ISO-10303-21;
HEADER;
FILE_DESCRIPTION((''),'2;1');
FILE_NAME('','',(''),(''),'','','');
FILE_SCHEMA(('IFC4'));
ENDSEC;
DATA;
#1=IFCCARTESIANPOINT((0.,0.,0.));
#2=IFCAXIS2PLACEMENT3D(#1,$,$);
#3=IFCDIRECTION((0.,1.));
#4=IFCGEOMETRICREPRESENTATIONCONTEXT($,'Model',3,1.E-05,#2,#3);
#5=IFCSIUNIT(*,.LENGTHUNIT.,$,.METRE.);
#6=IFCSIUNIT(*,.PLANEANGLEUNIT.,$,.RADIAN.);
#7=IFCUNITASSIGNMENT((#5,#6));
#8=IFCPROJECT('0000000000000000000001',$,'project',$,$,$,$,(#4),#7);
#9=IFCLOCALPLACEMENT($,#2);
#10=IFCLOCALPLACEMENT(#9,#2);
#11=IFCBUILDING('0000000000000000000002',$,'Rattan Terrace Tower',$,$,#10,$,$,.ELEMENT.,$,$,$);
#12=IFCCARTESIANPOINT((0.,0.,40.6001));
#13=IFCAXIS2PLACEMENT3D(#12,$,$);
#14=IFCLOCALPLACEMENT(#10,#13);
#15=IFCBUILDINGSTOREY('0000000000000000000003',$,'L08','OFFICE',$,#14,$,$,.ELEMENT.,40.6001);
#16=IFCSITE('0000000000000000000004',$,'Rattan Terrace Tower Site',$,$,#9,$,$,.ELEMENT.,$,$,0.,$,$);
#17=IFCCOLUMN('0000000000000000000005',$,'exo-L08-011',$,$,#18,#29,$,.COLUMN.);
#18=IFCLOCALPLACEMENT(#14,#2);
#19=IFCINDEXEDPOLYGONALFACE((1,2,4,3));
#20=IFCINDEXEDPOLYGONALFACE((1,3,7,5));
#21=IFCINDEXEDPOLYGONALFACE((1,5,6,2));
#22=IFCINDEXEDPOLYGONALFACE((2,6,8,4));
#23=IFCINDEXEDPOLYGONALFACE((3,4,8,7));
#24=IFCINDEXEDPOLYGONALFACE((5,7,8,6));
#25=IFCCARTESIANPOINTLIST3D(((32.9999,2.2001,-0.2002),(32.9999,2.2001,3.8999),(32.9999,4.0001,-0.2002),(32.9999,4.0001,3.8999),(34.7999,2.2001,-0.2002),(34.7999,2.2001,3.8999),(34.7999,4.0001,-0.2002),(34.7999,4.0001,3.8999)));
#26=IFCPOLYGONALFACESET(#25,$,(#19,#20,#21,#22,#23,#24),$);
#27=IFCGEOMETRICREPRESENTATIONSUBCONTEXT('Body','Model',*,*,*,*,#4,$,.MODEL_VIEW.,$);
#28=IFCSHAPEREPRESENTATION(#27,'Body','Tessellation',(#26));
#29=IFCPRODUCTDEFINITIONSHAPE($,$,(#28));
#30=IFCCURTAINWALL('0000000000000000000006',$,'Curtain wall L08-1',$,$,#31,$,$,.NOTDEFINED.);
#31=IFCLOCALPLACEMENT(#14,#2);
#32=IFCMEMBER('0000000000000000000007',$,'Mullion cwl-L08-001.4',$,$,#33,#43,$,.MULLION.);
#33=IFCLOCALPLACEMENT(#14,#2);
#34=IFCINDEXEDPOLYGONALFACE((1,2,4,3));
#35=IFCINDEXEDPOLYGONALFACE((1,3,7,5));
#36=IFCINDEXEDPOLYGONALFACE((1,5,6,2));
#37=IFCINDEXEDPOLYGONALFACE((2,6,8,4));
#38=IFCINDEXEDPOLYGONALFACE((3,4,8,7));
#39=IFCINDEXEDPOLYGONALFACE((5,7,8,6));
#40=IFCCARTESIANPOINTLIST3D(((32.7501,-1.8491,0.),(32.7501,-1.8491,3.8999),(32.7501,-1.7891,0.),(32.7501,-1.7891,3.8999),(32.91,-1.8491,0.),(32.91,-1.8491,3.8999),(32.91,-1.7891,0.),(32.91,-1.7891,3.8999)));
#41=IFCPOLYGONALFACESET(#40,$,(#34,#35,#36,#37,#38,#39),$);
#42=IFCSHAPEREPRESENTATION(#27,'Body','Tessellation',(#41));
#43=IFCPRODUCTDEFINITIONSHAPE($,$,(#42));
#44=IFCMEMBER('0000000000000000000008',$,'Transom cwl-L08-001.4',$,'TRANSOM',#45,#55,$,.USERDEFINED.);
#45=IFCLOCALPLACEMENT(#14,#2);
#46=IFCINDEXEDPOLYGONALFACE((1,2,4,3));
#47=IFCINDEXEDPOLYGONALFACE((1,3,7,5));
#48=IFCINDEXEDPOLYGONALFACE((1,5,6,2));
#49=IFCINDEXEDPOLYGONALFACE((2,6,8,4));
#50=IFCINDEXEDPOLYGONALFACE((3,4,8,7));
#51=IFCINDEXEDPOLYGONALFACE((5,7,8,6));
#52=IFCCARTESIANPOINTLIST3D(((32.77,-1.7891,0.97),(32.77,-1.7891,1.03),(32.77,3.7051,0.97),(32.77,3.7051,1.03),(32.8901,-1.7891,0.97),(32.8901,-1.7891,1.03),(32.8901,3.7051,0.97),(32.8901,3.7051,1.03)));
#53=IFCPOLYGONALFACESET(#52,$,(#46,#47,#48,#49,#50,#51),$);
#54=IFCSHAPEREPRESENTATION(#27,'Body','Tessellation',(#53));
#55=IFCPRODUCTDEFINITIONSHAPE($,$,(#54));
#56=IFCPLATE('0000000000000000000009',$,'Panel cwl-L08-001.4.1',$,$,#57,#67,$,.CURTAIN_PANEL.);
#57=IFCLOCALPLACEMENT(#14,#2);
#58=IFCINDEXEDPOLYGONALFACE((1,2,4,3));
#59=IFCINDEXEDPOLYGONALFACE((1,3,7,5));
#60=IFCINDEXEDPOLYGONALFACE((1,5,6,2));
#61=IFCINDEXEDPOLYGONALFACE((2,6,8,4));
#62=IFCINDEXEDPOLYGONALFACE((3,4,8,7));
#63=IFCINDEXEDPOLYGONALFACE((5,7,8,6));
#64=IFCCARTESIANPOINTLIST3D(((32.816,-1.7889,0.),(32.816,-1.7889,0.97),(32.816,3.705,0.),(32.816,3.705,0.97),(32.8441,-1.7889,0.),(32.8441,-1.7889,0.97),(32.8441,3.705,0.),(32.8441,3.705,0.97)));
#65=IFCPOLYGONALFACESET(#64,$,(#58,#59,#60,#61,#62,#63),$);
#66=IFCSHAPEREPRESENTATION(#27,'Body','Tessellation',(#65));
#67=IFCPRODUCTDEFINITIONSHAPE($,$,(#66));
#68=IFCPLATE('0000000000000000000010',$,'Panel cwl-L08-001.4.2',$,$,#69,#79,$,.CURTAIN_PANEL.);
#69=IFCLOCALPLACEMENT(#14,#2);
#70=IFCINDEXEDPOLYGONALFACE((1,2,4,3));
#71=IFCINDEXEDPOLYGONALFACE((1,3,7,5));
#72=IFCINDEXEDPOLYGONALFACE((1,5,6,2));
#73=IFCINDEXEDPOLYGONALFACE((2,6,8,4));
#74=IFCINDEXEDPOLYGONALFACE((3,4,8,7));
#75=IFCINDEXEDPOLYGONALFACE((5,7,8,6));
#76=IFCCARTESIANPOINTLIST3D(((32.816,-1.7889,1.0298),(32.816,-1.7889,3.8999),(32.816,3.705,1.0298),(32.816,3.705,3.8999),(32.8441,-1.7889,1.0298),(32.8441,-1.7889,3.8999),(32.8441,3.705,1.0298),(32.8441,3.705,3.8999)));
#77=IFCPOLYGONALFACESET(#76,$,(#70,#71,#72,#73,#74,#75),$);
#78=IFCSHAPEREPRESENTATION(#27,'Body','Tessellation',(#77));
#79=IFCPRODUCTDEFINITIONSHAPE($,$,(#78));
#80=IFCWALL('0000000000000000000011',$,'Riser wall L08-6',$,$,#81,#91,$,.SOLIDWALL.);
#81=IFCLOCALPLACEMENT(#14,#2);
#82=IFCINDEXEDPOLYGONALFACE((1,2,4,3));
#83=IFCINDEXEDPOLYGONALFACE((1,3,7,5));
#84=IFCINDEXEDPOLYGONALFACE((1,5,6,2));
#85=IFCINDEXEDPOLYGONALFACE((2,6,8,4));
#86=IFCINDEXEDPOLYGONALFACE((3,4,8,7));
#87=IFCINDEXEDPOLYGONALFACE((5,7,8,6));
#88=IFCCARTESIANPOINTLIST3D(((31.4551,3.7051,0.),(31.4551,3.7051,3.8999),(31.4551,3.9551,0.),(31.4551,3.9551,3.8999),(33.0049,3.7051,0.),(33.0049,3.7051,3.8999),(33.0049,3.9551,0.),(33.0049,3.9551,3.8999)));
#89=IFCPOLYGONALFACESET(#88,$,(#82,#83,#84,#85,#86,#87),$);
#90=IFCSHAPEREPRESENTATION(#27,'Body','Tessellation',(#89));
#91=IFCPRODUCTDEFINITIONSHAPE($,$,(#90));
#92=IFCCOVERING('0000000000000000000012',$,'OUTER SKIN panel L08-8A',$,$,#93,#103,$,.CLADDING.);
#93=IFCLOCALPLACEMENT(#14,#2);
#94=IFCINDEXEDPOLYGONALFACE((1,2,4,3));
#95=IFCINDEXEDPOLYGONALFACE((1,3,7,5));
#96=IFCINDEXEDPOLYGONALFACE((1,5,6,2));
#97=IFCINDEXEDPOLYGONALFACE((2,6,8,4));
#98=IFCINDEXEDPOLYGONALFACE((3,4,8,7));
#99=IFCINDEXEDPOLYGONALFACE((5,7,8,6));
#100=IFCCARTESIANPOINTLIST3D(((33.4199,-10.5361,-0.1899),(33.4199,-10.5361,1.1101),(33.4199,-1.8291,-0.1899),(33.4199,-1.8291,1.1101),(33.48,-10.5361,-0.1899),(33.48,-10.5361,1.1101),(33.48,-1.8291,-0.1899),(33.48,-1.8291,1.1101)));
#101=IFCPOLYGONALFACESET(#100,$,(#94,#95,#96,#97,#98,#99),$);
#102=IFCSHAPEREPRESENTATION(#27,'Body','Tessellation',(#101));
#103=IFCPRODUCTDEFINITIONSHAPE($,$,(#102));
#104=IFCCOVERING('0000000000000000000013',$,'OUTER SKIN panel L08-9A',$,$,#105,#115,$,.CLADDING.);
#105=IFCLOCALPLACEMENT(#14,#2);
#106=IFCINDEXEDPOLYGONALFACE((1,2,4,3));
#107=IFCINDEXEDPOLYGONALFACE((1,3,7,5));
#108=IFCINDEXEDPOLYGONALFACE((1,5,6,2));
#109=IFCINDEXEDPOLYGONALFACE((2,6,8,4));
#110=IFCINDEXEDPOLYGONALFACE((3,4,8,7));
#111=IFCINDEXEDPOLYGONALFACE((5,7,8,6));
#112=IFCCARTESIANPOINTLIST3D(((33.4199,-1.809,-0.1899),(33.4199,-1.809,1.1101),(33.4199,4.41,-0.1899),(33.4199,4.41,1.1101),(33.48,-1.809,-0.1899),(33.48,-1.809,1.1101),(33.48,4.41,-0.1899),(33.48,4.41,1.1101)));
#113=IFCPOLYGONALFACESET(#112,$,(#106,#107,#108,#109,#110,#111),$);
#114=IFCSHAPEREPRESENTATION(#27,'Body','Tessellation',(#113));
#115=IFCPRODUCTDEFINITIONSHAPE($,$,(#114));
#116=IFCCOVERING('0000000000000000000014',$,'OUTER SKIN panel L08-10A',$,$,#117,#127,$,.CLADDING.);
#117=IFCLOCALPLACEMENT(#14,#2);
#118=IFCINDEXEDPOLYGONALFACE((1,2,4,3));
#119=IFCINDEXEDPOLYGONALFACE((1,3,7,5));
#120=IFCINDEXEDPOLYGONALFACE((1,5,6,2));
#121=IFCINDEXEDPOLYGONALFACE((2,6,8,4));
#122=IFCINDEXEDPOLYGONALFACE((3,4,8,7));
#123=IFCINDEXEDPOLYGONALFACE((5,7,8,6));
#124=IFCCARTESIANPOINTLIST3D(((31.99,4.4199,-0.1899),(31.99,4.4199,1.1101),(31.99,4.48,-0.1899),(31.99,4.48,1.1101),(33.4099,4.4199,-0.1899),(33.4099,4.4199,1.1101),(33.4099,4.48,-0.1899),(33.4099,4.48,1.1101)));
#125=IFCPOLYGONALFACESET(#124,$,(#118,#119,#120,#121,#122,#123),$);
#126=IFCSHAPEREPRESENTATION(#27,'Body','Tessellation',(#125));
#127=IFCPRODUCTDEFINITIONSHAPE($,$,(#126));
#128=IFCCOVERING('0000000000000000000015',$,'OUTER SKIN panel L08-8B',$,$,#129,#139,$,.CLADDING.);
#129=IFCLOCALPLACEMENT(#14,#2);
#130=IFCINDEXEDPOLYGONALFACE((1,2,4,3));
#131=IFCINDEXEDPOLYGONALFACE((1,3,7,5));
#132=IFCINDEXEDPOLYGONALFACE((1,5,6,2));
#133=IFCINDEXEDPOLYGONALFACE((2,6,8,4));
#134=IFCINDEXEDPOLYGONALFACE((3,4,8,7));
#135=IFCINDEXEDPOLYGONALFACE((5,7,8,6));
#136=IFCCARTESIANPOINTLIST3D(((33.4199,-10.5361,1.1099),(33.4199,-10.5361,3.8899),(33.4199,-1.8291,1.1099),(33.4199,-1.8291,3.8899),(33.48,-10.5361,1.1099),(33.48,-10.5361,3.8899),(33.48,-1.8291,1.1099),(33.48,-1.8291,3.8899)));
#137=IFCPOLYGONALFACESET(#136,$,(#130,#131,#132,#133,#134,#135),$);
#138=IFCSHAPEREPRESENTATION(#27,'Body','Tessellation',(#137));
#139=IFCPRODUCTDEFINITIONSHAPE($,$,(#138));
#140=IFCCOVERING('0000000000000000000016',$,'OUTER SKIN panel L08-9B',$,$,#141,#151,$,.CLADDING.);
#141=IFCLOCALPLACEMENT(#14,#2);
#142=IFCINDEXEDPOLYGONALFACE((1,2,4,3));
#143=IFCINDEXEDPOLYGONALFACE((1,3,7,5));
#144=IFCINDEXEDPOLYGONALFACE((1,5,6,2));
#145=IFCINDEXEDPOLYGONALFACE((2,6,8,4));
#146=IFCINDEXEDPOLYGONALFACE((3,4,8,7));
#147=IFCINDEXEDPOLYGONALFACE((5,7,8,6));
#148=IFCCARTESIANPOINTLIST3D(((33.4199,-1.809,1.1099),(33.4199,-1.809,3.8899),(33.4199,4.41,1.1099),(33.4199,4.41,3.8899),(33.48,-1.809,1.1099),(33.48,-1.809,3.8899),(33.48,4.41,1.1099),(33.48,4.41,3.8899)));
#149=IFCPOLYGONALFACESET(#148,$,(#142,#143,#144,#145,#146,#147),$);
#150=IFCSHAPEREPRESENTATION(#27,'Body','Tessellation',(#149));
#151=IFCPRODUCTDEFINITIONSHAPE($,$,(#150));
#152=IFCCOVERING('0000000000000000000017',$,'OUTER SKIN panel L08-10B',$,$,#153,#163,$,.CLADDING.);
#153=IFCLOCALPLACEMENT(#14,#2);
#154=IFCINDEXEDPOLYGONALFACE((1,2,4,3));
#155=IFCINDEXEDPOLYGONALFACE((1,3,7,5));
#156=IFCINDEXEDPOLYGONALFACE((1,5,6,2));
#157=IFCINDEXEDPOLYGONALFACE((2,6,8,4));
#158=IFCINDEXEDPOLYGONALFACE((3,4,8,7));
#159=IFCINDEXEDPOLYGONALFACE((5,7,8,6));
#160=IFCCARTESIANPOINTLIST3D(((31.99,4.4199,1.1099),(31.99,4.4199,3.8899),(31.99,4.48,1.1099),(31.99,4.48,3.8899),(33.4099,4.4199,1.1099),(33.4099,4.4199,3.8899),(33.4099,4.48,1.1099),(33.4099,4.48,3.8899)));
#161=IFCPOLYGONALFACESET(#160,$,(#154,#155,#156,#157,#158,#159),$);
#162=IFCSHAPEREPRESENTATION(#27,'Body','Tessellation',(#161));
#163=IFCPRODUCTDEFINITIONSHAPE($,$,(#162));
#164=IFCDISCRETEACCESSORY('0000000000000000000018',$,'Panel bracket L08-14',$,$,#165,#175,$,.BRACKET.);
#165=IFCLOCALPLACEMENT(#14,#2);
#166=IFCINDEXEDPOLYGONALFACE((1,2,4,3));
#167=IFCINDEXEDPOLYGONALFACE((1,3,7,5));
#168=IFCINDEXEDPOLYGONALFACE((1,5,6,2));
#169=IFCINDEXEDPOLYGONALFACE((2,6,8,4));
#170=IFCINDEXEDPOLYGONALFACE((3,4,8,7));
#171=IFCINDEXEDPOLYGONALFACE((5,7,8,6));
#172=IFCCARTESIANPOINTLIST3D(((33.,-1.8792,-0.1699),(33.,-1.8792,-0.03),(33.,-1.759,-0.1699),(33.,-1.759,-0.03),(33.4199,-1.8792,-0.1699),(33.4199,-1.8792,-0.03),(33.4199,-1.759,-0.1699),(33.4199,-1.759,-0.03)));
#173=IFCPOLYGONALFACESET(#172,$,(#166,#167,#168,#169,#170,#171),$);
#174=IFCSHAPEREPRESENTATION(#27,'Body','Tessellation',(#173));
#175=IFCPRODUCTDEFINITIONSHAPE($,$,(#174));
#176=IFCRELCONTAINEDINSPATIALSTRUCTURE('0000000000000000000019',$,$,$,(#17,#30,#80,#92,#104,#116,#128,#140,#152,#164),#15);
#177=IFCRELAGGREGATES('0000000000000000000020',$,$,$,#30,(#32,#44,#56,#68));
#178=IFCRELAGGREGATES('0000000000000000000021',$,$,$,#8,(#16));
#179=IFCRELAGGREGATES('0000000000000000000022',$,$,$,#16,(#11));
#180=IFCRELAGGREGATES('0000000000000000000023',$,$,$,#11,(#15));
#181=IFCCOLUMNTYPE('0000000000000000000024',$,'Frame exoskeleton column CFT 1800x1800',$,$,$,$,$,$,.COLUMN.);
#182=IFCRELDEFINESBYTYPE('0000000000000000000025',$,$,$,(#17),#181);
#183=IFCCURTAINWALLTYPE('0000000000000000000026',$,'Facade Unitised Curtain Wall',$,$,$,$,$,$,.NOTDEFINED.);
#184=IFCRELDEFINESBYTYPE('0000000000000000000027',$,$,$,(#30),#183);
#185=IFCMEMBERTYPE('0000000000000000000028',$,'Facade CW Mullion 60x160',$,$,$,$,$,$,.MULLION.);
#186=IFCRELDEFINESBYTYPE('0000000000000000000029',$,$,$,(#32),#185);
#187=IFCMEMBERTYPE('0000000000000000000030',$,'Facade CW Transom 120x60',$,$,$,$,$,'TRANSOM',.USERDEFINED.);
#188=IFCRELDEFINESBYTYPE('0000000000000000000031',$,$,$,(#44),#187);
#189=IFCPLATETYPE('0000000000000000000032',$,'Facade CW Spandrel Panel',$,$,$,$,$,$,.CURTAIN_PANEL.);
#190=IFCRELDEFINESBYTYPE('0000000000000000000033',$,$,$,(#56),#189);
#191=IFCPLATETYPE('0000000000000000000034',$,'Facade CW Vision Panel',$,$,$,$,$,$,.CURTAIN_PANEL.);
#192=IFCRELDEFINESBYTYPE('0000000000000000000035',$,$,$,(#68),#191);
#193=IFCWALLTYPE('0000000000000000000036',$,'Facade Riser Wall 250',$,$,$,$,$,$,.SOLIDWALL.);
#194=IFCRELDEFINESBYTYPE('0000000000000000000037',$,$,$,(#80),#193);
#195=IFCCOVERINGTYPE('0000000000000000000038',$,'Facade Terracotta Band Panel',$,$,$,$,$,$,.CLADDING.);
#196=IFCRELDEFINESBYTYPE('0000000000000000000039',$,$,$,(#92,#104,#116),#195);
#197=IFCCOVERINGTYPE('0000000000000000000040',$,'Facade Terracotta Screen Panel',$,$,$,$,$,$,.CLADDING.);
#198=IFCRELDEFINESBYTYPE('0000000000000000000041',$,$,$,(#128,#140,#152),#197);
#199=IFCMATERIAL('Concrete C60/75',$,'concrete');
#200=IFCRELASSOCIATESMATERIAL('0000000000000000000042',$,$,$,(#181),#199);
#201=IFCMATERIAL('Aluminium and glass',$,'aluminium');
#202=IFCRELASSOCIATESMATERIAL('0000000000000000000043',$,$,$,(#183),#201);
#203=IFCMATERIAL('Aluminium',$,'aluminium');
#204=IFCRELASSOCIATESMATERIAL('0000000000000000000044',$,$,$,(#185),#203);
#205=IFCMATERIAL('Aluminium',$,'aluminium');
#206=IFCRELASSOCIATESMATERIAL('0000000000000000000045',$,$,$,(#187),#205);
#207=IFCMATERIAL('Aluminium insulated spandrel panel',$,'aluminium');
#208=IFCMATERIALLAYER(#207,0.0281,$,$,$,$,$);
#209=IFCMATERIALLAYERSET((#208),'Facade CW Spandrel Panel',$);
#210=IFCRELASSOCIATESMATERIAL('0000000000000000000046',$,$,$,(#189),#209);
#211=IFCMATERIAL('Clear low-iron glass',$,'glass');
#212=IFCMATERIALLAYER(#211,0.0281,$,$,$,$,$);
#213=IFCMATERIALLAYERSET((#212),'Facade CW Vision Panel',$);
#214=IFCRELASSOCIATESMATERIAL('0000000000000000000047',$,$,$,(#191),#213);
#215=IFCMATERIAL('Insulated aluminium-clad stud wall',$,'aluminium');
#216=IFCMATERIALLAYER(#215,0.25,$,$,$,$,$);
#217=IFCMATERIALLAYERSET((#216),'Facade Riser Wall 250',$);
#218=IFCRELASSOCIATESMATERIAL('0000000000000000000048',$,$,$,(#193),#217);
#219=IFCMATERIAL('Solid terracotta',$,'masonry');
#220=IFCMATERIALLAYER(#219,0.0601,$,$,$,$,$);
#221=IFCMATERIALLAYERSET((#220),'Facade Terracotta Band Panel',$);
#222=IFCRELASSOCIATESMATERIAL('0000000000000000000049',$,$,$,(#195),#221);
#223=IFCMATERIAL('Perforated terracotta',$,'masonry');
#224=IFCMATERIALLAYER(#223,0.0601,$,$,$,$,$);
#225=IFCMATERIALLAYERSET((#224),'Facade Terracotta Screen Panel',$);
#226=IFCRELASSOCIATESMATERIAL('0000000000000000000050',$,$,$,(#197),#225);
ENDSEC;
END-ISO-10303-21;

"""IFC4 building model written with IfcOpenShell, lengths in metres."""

from ifc_helpers import new_model, si_unit, direction, frame, frame_2d, origin, origin_2d, place, context, subcontext, project, spatial, rectangle, extrude, material, layer, layer_set, material_profile, profile_set, type_object, element, aggregate, save


model = new_model("IFC4")

# Units and contexts
model_context = context("Model", 3, precision=1e-05, world=origin(), true_north=direction((0.0, 1.0)))
body_context = subcontext(model_context, "Body", "Model", "MODEL_VIEW")
ifc_project = project(units=[si_unit("LENGTHUNIT", "METRE"), si_unit("PLANEANGLEUNIT", "RADIAN")], contexts=[model_context])

# Site, building, storey
site_placement = place(None, origin())
site = spatial("IfcSite", under=ifc_project, at=site_placement, Name="Rattan Terrace Tower Site", CompositionType="ELEMENT", RefElevation=0.0)
building_placement = place(site_placement, origin())
building = spatial("IfcBuilding", under=site, at=building_placement, Name="Rattan Terrace Tower", CompositionType="ELEMENT")
storey_placement = place(building_placement, frame((0.0, 0.0, 40.6001)))
storey = spatial("IfcBuildingStorey", under=building, at=storey_placement, Name="L08", Description="OFFICE", CompositionType="ELEMENT", Elevation=40.6001)

# Column
ifc_material_1 = material(Name="Concrete C60/75", Category="concrete")
ifc_material_profile_1 = material_profile(ifc_material_1, rectangle(XDim=1.8, YDim=1.8, at=origin_2d()), Name="CFT 1800x1800")
ifc_profile_set_1 = profile_set([ifc_material_profile_1], Name="Concrete C60/75")
column_type = type_object("IfcColumnType", Name="Frame exoskeleton column CFT 1800x1800", PredefinedType="COLUMN", material=ifc_profile_set_1)
column_placement = place(storey_placement, frame((33.8999, 3.1001, -0.2002), z_axis=(0.0, 0.0, 1.0), x_axis=(0.0, 1.0, 0.0)))
element("IfcColumn", 1, at=column_placement, inside=storey, type_object=column_type, Name="exo-L08-011", PredefinedType="COLUMN", context=body_context, shape_type="SweptSolid", body=[
    extrude(rectangle(XDim=1.8, YDim=1.8, at=origin_2d()), origin(), (0.0, 0.0, 1.0), 4.1001),
])

# Curtain wall, members, plates
ifc_material_2 = material(Name="Aluminium and glass", Category="aluminium")
curtain_wall_type = type_object("IfcCurtainWallType", Name="Facade Unitised Curtain Wall", PredefinedType="NOTDEFINED", material=ifc_material_2)
curtain_wall_placement = place(storey_placement, origin())
curtain_wall = element("IfcCurtainWall", 2, at=curtain_wall_placement, inside=storey, type_object=curtain_wall_type, Name="Curtain wall L08-1", PredefinedType="NOTDEFINED")
ifc_material_3 = material(Name="Aluminium", Category="aluminium")
ifc_material_profile_2 = material_profile(ifc_material_3, rectangle(XDim=0.0601, YDim=0.1599, at=origin_2d()), Name="Aluminium 60x160")
ifc_profile_set_2 = profile_set([ifc_material_profile_2], Name="Aluminium")
member_type_1 = type_object("IfcMemberType", Name="Facade CW Mullion 60x160", PredefinedType="MULLION", material=ifc_profile_set_2)
member_1_placement = place(storey_placement, frame((32.8301, -1.8191, 0.0), z_axis=(0.0, 0.0, 1.0), x_axis=(0.0, 1.0, 0.0)))
member_1 = element("IfcMember", 3, at=member_1_placement, type_object=member_type_1, Name="Mullion cwl-L08-001.4", PredefinedType="MULLION", context=body_context, shape_type="SweptSolid", body=[
    extrude(rectangle(XDim=0.0601, YDim=0.1599, at=origin_2d()), origin(), (0.0, 0.0, 1.0), 3.8999),
])
ifc_material_4 = material(Name="Aluminium", Category="aluminium")
ifc_material_profile_3 = material_profile(ifc_material_4, rectangle(XDim=0.1201, YDim=0.0601, at=origin_2d()), Name="Aluminium 120x60")
ifc_profile_set_3 = profile_set([ifc_material_profile_3], Name="Aluminium")
member_type_2 = type_object("IfcMemberType", Name="Facade CW Transom 120x60", ElementType="TRANSOM", PredefinedType="USERDEFINED", material=ifc_profile_set_3)
member_2_placement = place(storey_placement, frame((32.8301, -1.7891, 1.0), z_axis=(0.0, 1.0, 0.0), x_axis=(-1.0, 0.0, 0.0)))
member_2 = element("IfcMember", 4, at=member_2_placement, type_object=member_type_2, Name="Transom cwl-L08-001.4", ObjectType="TRANSOM", PredefinedType="USERDEFINED", context=body_context, shape_type="SweptSolid", body=[
    extrude(rectangle(XDim=0.1201, YDim=0.0601, at=origin_2d()), origin(), (0.0, 0.0, 1.0), 5.4941),
])
ifc_material_5 = material(Name="Aluminium insulated spandrel panel", Category="aluminium")
ifc_layer_1 = layer(ifc_material_5, 0.0281)
ifc_layer_set_1 = layer_set([ifc_layer_1], Name="Facade CW Spandrel Panel")
plate_type_1 = type_object("IfcPlateType", Name="Facade CW Spandrel Panel", PredefinedType="CURTAIN_PANEL", material=ifc_layer_set_1)
plate_1_placement = place(storey_placement, frame((32.8301, 0.958, 0.0), z_axis=(0.0, 0.0, 1.0), x_axis=(0.0, 1.0, 0.0)))
plate_1 = element("IfcPlate", 5, at=plate_1_placement, type_object=plate_type_1, Name="Panel cwl-L08-001.4.1", PredefinedType="CURTAIN_PANEL", context=body_context, shape_type="SweptSolid", body=[
    extrude(rectangle(XDim=5.4939, YDim=0.0281, at=origin_2d()), origin(), (0.0, 0.0, 1.0), 0.97),
])
ifc_material_6 = material(Name="Clear low-iron glass", Category="glass")
ifc_layer_2 = layer(ifc_material_6, 0.0281)
ifc_layer_set_2 = layer_set([ifc_layer_2], Name="Facade CW Vision Panel")
plate_type_2 = type_object("IfcPlateType", Name="Facade CW Vision Panel", PredefinedType="CURTAIN_PANEL", material=ifc_layer_set_2)
plate_2_placement = place(storey_placement, frame((32.8301, 0.958, 1.0298), z_axis=(0.0, 0.0, 1.0), x_axis=(0.0, 1.0, 0.0)))
plate_2 = element("IfcPlate", 6, at=plate_2_placement, type_object=plate_type_2, Name="Panel cwl-L08-001.4.2", PredefinedType="CURTAIN_PANEL", context=body_context, shape_type="SweptSolid", body=[
    extrude(rectangle(XDim=5.4939, YDim=0.0281, at=origin_2d()), origin(), (0.0, 0.0, 1.0), 2.8701),
])
aggregate(curtain_wall, [member_1, member_2, plate_1, plate_2])

# Wall
ifc_material_7 = material(Name="Insulated aluminium-clad stud wall", Category="aluminium")
ifc_layer_3 = layer(ifc_material_7, 0.25)
ifc_layer_set_3 = layer_set([ifc_layer_3], Name="Facade Riser Wall 250")
wall_type = type_object("IfcWallType", Name="Facade Riser Wall 250", PredefinedType="SOLIDWALL", material=ifc_layer_set_3)
wall_placement = place(storey_placement, frame((33.0049, 3.8301, 0.0), z_axis=(0.0, 0.0, 1.0), x_axis=(-1.0, 0.0, 0.0)))
element("IfcWall", 7, at=wall_placement, inside=storey, type_object=wall_type, Name="Riser wall L08-6", PredefinedType="SOLIDWALL", context=body_context, shape_type="SweptSolid", body=[
    extrude(rectangle(XDim=1.5498, YDim=0.25, at=frame_2d((0.7749, 0.0))), origin(), (0.0, 0.0, 1.0), 3.8999),
])

# Coverings
ifc_material_8 = material(Name="Solid terracotta", Category="masonry")
ifc_layer_4 = layer(ifc_material_8, 0.0601)
ifc_layer_set_4 = layer_set([ifc_layer_4], Name="Facade Terracotta Band Panel")
covering_type_1 = type_object("IfcCoveringType", Name="Facade Terracotta Band Panel", PredefinedType="CLADDING", material=ifc_layer_set_4)
covering_1_placement = place(storey_placement, frame((33.45, -6.1826, -0.1899), z_axis=(0.0, 0.0, 1.0), x_axis=(0.0, 1.0, 0.0)))
element("IfcCovering", 8, at=covering_1_placement, inside=storey, type_object=covering_type_1, Name="OUTER SKIN panel L08-8A", PredefinedType="CLADDING", context=body_context, shape_type="SweptSolid", body=[
    extrude(rectangle(XDim=8.707, YDim=0.0601, at=origin_2d()), origin(), (0.0, 0.0, 1.0), 1.3),
])
covering_2_placement = place(storey_placement, frame((33.45, 1.3005, -0.1899), z_axis=(0.0, 0.0, 1.0), x_axis=(0.0, 1.0, 0.0)))
element("IfcCovering", 9, at=covering_2_placement, inside=storey, type_object=covering_type_1, Name="OUTER SKIN panel L08-9A", PredefinedType="CLADDING", context=body_context, shape_type="SweptSolid", body=[
    extrude(rectangle(XDim=6.219, YDim=0.0601, at=origin_2d()), origin(), (0.0, 0.0, 1.0), 1.3),
])
covering_3_placement = place(storey_placement, frame((32.7, 4.45, -0.1899), z_axis=(0.0, 0.0, 1.0), x_axis=(-1.0, 0.0, 0.0)))
element("IfcCovering", 10, at=covering_3_placement, inside=storey, type_object=covering_type_1, Name="OUTER SKIN panel L08-10A", PredefinedType="CLADDING", context=body_context, shape_type="SweptSolid", body=[
    extrude(rectangle(XDim=1.4199, YDim=0.0601, at=origin_2d()), origin(), (0.0, 0.0, 1.0), 1.3),
])
ifc_material_9 = material(Name="Perforated terracotta", Category="masonry")
ifc_layer_5 = layer(ifc_material_9, 0.0601)
ifc_layer_set_5 = layer_set([ifc_layer_5], Name="Facade Terracotta Screen Panel")
covering_type_2 = type_object("IfcCoveringType", Name="Facade Terracotta Screen Panel", PredefinedType="CLADDING", material=ifc_layer_set_5)
covering_4_placement = place(storey_placement, frame((33.45, -6.1826, 1.1099), z_axis=(0.0, 0.0, 1.0), x_axis=(0.0, 1.0, 0.0)))
element("IfcCovering", 11, at=covering_4_placement, inside=storey, type_object=covering_type_2, Name="OUTER SKIN panel L08-8B", PredefinedType="CLADDING", context=body_context, shape_type="SweptSolid", body=[
    extrude(rectangle(XDim=8.707, YDim=0.0601, at=origin_2d()), origin(), (0.0, 0.0, 1.0), 2.78),
])
covering_5_placement = place(storey_placement, frame((33.45, 1.3005, 1.1099), z_axis=(0.0, 0.0, 1.0), x_axis=(0.0, 1.0, 0.0)))
element("IfcCovering", 12, at=covering_5_placement, inside=storey, type_object=covering_type_2, Name="OUTER SKIN panel L08-9B", PredefinedType="CLADDING", context=body_context, shape_type="SweptSolid", body=[
    extrude(rectangle(XDim=6.219, YDim=0.0601, at=origin_2d()), origin(), (0.0, 0.0, 1.0), 2.78),
])
covering_6_placement = place(storey_placement, frame((32.7, 4.45, 1.1099), z_axis=(0.0, 0.0, 1.0), x_axis=(-1.0, 0.0, 0.0)))
element("IfcCovering", 13, at=covering_6_placement, inside=storey, type_object=covering_type_2, Name="OUTER SKIN panel L08-10B", PredefinedType="CLADDING", context=body_context, shape_type="SweptSolid", body=[
    extrude(rectangle(XDim=1.4199, YDim=0.0601, at=origin_2d()), origin(), (0.0, 0.0, 1.0), 2.78),
])

# Discrete accessory
for number, where, z_axis, x_axis, name in (
    (14, (33.21, -1.8191, -0.1699), (0.0, 0.0, 1.0), (0.0, 1.0, 0.0), "Panel bracket L08-14"),
):
    element("IfcDiscreteAccessory", number, at=place(storey_placement, frame(where, z_axis=z_axis, x_axis=x_axis)), inside=storey, Name=name, PredefinedType="BRACKET", context=body_context, shape_type="SweptSolid", body=[
        extrude(rectangle(XDim=0.1201, YDim=0.4199, at=origin_2d()), origin(), (0.0, 0.0, 1.0), 0.1399),
    ])

save(model, "model.ifc")
